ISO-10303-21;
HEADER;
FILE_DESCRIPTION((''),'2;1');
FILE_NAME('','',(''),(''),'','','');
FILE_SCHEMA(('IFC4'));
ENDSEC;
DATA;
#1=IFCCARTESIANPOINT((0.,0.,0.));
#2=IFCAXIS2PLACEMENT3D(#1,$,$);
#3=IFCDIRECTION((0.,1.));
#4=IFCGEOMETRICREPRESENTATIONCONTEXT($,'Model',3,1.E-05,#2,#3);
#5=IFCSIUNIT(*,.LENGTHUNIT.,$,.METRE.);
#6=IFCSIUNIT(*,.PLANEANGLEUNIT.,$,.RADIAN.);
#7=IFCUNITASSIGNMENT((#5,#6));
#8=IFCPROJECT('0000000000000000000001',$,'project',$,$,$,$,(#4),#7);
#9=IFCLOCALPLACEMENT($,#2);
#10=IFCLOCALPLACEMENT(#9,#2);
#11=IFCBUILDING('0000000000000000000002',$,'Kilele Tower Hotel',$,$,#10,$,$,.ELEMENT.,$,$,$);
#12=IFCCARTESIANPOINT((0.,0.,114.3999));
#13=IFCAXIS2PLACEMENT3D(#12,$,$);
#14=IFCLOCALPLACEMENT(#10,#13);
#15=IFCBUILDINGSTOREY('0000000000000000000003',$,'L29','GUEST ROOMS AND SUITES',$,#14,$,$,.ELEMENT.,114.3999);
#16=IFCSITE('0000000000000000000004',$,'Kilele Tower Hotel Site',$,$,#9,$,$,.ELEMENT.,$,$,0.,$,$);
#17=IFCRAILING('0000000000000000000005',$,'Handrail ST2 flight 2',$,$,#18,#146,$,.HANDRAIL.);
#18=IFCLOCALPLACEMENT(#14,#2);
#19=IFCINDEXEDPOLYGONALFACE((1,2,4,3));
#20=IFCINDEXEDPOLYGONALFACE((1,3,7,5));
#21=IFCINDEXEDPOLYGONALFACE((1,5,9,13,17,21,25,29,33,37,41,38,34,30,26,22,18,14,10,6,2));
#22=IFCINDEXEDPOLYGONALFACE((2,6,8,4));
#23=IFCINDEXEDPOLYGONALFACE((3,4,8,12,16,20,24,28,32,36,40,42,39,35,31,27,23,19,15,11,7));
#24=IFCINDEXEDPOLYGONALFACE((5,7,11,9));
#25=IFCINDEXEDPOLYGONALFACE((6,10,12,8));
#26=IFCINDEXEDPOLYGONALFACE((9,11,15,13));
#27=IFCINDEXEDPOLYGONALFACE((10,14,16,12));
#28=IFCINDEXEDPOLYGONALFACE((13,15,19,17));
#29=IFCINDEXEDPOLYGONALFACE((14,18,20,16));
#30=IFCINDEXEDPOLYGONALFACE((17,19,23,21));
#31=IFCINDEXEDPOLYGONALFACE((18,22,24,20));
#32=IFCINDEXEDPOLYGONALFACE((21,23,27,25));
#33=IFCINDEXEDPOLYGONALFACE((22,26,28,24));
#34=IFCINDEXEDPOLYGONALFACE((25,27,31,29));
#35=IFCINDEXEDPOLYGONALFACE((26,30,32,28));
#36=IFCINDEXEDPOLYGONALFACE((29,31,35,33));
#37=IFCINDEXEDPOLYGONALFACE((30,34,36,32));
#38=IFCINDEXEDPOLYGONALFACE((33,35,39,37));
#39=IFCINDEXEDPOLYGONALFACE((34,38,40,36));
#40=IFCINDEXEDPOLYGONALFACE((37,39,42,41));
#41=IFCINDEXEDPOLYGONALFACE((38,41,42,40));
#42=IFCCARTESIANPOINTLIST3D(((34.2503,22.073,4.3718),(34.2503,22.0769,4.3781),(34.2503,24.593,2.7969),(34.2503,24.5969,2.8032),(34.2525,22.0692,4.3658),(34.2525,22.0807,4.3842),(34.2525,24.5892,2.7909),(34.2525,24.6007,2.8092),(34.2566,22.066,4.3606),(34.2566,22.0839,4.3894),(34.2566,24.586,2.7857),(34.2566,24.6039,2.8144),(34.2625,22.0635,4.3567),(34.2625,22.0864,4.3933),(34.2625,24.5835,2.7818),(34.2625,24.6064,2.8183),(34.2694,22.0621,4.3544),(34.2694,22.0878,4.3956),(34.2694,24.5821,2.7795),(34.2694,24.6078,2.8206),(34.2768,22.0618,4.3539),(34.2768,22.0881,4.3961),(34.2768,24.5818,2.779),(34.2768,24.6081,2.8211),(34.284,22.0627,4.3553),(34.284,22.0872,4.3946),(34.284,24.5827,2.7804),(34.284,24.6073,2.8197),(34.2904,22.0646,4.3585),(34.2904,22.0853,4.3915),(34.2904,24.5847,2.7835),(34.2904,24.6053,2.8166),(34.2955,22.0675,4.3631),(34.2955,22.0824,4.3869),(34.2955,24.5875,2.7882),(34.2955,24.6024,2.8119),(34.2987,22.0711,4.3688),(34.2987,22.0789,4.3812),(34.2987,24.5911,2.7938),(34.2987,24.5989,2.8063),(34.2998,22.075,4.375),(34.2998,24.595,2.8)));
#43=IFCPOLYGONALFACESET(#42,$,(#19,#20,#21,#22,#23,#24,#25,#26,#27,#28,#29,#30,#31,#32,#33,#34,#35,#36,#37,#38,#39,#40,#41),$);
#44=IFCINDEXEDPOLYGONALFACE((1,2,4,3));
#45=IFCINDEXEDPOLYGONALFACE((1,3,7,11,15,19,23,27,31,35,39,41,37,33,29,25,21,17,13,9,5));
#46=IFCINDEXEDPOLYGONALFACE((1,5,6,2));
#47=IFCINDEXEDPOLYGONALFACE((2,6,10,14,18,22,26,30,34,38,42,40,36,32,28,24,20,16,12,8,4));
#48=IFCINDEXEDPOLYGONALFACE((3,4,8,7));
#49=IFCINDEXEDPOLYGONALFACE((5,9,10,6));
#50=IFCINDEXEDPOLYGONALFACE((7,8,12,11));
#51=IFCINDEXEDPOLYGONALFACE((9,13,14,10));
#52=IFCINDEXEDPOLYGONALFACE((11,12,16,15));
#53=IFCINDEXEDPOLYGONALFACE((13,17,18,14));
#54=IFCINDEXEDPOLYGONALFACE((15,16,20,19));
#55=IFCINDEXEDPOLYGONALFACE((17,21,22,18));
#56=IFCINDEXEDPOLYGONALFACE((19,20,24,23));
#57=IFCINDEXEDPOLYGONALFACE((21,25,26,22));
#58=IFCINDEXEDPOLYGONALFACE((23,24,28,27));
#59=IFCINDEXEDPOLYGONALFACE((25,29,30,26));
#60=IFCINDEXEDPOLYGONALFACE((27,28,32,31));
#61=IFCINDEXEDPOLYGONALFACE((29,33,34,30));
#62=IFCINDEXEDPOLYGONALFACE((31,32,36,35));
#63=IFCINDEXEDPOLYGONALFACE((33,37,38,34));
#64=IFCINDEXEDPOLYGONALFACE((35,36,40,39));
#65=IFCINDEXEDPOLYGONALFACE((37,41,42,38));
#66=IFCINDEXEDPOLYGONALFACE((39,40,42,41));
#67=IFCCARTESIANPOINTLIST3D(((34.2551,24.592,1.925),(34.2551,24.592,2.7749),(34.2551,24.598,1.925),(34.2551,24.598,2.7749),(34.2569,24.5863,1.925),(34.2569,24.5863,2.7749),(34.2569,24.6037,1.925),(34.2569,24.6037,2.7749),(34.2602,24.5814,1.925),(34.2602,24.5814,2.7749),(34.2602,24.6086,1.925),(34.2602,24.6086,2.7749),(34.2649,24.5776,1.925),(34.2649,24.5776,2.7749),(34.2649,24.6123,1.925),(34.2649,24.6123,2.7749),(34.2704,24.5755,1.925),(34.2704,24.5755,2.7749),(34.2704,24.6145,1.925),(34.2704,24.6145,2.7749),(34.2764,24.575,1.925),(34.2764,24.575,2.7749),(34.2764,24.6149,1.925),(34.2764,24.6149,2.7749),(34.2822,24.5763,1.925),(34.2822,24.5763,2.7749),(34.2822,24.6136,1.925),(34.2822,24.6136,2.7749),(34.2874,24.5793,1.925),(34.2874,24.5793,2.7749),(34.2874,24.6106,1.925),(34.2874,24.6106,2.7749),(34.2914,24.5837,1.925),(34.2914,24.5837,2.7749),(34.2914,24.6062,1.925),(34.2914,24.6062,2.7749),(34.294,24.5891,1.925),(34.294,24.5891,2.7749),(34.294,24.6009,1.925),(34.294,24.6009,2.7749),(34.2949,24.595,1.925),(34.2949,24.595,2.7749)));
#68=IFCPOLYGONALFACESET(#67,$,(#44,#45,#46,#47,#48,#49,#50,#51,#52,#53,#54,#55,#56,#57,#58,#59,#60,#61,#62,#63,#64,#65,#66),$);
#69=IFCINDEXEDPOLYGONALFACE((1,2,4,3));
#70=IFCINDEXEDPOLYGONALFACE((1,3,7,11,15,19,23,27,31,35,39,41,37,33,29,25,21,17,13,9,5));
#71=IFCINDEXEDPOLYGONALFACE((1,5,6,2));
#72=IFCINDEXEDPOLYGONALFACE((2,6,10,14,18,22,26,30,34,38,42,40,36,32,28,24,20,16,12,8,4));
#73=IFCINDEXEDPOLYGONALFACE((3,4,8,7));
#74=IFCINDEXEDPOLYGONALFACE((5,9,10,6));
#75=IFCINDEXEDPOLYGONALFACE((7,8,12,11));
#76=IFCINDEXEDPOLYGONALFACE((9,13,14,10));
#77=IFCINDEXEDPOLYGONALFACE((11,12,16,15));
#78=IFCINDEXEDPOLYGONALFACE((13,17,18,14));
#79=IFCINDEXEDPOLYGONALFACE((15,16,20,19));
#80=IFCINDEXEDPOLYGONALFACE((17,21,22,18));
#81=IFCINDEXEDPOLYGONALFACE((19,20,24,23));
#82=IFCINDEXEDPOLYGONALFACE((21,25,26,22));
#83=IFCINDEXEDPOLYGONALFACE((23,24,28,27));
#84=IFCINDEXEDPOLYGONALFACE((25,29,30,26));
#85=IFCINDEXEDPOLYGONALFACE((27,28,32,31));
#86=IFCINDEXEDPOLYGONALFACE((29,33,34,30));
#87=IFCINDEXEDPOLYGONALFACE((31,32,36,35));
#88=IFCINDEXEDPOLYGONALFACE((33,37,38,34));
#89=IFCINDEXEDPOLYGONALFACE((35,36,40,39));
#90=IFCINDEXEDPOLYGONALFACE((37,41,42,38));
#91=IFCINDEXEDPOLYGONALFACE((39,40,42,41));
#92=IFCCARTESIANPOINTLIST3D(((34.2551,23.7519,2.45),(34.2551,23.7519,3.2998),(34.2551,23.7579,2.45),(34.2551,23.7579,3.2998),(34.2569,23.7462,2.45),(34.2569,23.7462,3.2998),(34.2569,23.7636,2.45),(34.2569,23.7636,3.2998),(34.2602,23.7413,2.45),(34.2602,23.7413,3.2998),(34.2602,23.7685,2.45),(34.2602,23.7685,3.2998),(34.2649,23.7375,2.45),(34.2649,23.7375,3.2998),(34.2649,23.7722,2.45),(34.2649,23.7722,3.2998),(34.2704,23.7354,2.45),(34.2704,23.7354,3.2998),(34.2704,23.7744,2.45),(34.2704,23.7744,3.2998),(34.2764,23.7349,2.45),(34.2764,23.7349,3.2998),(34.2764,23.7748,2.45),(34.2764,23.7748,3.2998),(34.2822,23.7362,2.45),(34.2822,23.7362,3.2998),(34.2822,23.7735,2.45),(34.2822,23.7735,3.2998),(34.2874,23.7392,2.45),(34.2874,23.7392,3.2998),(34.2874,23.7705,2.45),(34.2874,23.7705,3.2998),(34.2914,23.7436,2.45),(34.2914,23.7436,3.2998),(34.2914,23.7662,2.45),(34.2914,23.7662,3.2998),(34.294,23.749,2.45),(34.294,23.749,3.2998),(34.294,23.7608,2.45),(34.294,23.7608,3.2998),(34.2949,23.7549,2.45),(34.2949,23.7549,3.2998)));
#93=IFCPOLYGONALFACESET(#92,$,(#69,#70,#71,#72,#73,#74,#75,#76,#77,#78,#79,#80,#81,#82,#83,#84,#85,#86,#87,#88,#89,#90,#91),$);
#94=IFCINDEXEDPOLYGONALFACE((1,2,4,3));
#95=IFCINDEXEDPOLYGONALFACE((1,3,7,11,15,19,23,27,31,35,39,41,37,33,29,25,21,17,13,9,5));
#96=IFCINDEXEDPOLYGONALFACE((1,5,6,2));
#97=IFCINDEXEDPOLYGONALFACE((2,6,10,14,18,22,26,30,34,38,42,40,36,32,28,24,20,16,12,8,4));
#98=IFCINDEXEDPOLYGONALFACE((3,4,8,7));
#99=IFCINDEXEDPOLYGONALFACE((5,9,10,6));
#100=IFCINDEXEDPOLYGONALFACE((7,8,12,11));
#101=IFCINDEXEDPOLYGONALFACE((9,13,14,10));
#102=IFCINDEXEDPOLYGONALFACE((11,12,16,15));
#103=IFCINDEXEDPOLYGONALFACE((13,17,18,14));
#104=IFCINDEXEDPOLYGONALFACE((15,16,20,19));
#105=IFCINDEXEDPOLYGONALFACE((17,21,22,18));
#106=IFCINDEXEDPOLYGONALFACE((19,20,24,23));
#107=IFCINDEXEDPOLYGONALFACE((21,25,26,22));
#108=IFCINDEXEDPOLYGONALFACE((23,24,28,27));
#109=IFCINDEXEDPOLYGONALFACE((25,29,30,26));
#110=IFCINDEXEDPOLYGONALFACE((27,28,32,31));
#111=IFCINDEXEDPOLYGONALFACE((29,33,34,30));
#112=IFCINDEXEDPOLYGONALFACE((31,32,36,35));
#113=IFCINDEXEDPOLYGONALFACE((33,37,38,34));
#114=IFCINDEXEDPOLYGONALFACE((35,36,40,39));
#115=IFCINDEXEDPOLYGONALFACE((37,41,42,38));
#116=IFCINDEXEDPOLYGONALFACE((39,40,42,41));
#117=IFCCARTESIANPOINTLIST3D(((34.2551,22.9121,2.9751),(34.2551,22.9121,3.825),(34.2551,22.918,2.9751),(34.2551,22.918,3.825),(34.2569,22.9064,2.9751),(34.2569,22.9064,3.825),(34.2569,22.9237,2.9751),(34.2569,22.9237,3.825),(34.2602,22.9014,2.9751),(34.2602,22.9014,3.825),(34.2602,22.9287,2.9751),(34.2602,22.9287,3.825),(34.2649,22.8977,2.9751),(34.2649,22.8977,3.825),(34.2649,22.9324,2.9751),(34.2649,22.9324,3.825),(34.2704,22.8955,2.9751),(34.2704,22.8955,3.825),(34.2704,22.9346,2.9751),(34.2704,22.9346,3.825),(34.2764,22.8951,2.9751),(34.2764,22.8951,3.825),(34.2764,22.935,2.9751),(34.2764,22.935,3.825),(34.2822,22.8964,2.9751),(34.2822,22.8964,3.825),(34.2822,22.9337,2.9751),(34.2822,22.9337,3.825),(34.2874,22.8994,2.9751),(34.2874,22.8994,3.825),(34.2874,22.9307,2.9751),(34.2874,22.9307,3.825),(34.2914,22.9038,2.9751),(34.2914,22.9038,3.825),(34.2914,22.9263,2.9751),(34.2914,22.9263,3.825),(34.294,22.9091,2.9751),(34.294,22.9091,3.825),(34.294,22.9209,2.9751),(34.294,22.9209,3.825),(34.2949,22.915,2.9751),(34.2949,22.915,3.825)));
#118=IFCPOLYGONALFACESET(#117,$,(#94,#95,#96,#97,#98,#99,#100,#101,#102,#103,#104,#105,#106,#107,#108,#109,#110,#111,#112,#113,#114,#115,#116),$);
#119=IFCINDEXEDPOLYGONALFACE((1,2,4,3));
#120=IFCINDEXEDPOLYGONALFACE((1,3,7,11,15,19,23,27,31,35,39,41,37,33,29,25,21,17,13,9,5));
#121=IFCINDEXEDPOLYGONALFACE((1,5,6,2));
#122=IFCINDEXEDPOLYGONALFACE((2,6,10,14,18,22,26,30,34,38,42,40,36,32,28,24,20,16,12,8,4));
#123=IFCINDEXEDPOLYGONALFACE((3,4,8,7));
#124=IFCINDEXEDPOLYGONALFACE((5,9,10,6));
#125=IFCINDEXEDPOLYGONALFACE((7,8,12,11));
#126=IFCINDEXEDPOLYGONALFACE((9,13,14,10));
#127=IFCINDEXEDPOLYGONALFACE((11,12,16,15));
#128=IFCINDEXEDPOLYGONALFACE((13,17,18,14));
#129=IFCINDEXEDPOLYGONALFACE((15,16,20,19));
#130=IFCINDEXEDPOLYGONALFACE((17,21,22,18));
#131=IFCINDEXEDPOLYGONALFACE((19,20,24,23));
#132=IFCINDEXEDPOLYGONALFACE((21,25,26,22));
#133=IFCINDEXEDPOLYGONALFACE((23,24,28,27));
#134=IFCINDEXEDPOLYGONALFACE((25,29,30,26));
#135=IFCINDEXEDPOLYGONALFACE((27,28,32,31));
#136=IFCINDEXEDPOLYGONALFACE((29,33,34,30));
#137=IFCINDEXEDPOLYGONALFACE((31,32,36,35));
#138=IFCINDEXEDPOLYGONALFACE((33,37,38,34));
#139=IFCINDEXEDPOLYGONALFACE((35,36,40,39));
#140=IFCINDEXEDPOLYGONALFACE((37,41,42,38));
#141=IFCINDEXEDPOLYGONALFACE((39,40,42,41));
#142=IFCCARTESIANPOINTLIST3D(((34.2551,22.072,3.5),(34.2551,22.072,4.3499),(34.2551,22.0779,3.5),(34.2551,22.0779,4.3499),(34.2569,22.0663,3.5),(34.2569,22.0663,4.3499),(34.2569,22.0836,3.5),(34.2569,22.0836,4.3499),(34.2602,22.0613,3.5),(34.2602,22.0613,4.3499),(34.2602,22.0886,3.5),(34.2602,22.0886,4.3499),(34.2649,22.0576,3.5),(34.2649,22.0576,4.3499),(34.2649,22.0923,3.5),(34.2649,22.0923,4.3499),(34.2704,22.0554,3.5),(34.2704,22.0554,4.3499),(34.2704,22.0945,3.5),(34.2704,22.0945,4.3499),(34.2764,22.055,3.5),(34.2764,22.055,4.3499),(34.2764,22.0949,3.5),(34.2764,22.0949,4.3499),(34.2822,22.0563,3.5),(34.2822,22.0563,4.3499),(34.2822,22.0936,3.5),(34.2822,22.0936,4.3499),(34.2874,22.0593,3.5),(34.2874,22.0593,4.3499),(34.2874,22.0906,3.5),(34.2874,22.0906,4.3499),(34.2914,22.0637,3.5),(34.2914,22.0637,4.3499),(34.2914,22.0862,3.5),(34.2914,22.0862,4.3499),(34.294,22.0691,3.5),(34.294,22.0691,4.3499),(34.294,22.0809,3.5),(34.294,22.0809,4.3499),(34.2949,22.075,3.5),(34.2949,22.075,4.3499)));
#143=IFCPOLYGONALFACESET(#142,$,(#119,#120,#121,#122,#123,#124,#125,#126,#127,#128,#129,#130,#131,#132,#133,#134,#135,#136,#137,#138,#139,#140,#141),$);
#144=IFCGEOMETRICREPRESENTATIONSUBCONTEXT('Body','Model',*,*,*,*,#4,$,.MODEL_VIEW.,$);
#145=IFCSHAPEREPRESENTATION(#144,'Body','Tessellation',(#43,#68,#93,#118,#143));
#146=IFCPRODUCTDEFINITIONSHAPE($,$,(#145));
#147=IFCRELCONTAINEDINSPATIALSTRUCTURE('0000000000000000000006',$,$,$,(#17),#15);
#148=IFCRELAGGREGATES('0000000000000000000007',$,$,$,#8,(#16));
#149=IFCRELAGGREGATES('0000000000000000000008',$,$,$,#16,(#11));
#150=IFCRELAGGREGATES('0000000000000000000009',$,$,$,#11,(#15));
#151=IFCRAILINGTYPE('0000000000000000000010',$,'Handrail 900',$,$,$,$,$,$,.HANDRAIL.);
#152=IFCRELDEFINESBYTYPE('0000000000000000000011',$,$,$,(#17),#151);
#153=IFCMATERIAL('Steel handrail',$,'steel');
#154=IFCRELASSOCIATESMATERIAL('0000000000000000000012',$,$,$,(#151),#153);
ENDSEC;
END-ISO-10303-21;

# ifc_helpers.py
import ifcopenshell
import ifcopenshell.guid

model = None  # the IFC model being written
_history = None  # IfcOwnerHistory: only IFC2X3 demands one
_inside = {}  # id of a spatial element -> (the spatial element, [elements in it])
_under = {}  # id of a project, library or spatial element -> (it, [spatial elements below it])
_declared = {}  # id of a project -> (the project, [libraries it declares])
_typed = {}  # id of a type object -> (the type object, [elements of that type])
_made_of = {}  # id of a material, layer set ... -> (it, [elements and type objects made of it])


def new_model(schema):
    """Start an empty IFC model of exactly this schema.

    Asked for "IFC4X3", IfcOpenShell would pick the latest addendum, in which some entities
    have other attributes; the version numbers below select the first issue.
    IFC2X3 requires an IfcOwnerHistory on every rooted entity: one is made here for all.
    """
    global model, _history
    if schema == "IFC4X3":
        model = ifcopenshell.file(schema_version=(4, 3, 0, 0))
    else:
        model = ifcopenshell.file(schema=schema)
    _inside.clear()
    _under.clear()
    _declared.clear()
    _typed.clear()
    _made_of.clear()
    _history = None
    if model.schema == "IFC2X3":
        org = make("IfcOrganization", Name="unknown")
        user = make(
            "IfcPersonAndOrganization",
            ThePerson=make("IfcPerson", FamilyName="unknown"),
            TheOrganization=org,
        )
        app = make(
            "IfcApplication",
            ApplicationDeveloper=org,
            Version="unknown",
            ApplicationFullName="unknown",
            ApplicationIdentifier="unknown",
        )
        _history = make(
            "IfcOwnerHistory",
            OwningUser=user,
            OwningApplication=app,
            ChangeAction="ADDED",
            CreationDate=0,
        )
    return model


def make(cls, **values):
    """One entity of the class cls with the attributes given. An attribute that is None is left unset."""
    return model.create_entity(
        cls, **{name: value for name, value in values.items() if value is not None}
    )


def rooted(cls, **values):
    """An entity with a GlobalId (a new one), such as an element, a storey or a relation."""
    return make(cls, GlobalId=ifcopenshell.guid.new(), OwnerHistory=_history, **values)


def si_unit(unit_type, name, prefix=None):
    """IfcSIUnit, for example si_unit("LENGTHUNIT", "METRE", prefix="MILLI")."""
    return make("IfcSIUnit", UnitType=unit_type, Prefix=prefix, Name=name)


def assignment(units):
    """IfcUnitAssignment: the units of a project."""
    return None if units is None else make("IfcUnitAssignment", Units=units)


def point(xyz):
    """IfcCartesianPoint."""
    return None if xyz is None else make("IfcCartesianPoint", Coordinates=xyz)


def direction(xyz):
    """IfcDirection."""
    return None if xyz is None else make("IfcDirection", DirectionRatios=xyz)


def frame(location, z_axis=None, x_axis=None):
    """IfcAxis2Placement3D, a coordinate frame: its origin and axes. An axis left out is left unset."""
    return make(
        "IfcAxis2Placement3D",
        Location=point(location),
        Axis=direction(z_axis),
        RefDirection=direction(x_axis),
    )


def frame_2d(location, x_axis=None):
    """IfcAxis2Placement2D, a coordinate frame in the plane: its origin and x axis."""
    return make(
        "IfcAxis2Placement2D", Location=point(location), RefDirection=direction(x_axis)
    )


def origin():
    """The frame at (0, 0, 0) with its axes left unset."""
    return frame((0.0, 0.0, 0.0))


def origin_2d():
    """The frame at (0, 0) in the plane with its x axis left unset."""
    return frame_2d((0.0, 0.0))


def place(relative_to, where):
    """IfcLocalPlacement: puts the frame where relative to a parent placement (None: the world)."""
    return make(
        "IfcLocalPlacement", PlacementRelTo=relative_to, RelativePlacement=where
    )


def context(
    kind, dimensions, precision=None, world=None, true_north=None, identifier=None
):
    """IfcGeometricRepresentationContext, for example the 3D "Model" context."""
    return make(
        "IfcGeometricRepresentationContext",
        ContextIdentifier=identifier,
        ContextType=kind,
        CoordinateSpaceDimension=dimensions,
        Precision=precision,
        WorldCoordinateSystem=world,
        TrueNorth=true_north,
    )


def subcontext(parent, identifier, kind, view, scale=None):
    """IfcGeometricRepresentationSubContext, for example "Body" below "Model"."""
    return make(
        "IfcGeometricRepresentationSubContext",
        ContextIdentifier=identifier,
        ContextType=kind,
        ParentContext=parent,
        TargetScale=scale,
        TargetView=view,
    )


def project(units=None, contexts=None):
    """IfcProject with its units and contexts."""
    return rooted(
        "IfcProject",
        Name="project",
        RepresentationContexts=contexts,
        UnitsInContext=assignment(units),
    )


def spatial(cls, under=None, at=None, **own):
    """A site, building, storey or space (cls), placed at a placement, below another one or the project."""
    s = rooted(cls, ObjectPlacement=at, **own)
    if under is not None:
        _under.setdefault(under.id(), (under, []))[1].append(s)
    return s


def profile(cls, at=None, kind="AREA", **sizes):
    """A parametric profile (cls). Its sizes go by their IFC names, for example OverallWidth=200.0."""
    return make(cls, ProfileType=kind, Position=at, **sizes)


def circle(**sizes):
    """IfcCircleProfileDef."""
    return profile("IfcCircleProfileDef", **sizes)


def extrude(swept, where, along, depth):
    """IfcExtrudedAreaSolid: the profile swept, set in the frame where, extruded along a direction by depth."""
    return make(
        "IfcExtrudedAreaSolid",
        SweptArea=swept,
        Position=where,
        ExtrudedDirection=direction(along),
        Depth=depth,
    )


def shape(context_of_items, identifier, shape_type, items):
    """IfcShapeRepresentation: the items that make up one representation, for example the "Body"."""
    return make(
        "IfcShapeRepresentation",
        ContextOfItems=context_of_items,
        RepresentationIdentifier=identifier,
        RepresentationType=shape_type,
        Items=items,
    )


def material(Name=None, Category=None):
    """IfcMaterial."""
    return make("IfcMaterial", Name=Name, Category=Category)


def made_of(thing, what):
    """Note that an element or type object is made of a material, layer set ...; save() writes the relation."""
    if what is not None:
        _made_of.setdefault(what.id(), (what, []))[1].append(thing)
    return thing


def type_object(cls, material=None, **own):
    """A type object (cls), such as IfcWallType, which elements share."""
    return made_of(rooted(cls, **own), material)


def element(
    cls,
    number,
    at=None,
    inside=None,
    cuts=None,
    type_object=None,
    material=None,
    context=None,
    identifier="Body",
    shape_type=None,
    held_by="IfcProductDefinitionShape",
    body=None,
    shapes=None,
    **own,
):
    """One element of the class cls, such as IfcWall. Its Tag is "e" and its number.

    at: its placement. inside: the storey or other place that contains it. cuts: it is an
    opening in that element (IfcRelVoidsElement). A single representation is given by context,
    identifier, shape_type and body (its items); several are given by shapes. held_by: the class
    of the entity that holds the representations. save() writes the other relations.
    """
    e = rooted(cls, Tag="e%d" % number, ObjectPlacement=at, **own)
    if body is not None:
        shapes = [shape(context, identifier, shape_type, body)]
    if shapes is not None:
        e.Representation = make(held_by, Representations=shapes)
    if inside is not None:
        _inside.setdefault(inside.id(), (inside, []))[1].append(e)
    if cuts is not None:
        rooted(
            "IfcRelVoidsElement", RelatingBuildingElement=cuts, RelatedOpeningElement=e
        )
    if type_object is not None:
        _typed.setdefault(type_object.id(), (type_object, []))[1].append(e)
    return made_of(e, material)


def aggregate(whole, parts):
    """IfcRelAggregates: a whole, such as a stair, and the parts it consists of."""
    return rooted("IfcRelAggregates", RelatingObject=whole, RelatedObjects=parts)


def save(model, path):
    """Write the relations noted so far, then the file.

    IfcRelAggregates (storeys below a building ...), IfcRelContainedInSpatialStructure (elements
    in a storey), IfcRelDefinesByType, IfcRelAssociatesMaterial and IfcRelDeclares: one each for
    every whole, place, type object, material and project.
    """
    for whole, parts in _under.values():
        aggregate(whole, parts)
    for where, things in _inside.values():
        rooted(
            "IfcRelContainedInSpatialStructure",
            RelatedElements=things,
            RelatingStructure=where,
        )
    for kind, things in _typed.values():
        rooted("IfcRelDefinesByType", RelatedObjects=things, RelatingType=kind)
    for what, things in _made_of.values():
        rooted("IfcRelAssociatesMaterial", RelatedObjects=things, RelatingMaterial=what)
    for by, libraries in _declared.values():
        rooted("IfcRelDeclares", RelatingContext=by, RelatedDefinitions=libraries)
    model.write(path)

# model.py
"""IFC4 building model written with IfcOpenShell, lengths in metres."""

from ifc_helpers import new_model, si_unit, direction, frame, origin, origin_2d, place, context, subcontext, project, spatial, circle, extrude, material, type_object, element, save


model = new_model("IFC4")

# Units and contexts
model_context = context("Model", 3, precision=1e-05, world=origin(), true_north=direction((0.0, 1.0)))
body_context = subcontext(model_context, "Body", "Model", "MODEL_VIEW")
ifc_project = project(units=[si_unit("LENGTHUNIT", "METRE"), si_unit("PLANEANGLEUNIT", "RADIAN")], contexts=[model_context])

# Site, building, storey
site_placement = place(None, origin())
site = spatial("IfcSite", under=ifc_project, at=site_placement, Name="Kilele Tower Hotel Site", CompositionType="ELEMENT", RefElevation=0.0)
building_placement = place(site_placement, origin())
building = spatial("IfcBuilding", under=site, at=building_placement, Name="Kilele Tower Hotel", CompositionType="ELEMENT")
storey_placement = place(building_placement, frame((0.0, 0.0, 114.3999)))
storey = spatial("IfcBuildingStorey", under=building, at=storey_placement, Name="L29", Description="GUEST ROOMS AND SUITES", CompositionType="ELEMENT", Elevation=114.3999)

# Railing
ifc_material_1 = material(Name="Steel handrail", Category="steel")
railing_type_1 = type_object("IfcRailingType", Name="Handrail 900", PredefinedType="HANDRAIL", material=ifc_material_1)
for number, where, name in (
    (1, (34.2749, 24.595, 1.925), "Handrail ST2 flight 2"),
):
    element("IfcRailing", number, at=place(storey_placement, frame(where)), inside=storey, type_object=railing_type_1, Name=name, PredefinedType="HANDRAIL", context=body_context, shape_type="SweptSolid", body=[
        extrude(circle(Radius=0.0249, at=origin_2d()), frame((0.0, 0.0, 0.875), z_axis=(0.0, -0.848008, 0.529984), x_axis=(1.0, 0.0, 0.0)), (0.0, 0.0, 1.0), 2.9717),
        extrude(circle(Radius=0.02, at=origin_2d()), origin(), (0.0, 0.0, 1.0), 0.8499),
        extrude(circle(Radius=0.02, at=origin_2d()), frame((0.0, -0.8401, 0.5249)), (0.0, 0.0, 1.0), 0.8499),
        extrude(circle(Radius=0.02, at=origin_2d()), frame((0.0, -1.6799, 1.05)), (0.0, 0.0, 1.0), 0.8499),
        extrude(circle(Radius=0.02, at=origin_2d()), frame((0.0, -2.52, 1.575)), (0.0, 0.0, 1.0), 0.8499),
    ])

save(model, "model.ifc")
